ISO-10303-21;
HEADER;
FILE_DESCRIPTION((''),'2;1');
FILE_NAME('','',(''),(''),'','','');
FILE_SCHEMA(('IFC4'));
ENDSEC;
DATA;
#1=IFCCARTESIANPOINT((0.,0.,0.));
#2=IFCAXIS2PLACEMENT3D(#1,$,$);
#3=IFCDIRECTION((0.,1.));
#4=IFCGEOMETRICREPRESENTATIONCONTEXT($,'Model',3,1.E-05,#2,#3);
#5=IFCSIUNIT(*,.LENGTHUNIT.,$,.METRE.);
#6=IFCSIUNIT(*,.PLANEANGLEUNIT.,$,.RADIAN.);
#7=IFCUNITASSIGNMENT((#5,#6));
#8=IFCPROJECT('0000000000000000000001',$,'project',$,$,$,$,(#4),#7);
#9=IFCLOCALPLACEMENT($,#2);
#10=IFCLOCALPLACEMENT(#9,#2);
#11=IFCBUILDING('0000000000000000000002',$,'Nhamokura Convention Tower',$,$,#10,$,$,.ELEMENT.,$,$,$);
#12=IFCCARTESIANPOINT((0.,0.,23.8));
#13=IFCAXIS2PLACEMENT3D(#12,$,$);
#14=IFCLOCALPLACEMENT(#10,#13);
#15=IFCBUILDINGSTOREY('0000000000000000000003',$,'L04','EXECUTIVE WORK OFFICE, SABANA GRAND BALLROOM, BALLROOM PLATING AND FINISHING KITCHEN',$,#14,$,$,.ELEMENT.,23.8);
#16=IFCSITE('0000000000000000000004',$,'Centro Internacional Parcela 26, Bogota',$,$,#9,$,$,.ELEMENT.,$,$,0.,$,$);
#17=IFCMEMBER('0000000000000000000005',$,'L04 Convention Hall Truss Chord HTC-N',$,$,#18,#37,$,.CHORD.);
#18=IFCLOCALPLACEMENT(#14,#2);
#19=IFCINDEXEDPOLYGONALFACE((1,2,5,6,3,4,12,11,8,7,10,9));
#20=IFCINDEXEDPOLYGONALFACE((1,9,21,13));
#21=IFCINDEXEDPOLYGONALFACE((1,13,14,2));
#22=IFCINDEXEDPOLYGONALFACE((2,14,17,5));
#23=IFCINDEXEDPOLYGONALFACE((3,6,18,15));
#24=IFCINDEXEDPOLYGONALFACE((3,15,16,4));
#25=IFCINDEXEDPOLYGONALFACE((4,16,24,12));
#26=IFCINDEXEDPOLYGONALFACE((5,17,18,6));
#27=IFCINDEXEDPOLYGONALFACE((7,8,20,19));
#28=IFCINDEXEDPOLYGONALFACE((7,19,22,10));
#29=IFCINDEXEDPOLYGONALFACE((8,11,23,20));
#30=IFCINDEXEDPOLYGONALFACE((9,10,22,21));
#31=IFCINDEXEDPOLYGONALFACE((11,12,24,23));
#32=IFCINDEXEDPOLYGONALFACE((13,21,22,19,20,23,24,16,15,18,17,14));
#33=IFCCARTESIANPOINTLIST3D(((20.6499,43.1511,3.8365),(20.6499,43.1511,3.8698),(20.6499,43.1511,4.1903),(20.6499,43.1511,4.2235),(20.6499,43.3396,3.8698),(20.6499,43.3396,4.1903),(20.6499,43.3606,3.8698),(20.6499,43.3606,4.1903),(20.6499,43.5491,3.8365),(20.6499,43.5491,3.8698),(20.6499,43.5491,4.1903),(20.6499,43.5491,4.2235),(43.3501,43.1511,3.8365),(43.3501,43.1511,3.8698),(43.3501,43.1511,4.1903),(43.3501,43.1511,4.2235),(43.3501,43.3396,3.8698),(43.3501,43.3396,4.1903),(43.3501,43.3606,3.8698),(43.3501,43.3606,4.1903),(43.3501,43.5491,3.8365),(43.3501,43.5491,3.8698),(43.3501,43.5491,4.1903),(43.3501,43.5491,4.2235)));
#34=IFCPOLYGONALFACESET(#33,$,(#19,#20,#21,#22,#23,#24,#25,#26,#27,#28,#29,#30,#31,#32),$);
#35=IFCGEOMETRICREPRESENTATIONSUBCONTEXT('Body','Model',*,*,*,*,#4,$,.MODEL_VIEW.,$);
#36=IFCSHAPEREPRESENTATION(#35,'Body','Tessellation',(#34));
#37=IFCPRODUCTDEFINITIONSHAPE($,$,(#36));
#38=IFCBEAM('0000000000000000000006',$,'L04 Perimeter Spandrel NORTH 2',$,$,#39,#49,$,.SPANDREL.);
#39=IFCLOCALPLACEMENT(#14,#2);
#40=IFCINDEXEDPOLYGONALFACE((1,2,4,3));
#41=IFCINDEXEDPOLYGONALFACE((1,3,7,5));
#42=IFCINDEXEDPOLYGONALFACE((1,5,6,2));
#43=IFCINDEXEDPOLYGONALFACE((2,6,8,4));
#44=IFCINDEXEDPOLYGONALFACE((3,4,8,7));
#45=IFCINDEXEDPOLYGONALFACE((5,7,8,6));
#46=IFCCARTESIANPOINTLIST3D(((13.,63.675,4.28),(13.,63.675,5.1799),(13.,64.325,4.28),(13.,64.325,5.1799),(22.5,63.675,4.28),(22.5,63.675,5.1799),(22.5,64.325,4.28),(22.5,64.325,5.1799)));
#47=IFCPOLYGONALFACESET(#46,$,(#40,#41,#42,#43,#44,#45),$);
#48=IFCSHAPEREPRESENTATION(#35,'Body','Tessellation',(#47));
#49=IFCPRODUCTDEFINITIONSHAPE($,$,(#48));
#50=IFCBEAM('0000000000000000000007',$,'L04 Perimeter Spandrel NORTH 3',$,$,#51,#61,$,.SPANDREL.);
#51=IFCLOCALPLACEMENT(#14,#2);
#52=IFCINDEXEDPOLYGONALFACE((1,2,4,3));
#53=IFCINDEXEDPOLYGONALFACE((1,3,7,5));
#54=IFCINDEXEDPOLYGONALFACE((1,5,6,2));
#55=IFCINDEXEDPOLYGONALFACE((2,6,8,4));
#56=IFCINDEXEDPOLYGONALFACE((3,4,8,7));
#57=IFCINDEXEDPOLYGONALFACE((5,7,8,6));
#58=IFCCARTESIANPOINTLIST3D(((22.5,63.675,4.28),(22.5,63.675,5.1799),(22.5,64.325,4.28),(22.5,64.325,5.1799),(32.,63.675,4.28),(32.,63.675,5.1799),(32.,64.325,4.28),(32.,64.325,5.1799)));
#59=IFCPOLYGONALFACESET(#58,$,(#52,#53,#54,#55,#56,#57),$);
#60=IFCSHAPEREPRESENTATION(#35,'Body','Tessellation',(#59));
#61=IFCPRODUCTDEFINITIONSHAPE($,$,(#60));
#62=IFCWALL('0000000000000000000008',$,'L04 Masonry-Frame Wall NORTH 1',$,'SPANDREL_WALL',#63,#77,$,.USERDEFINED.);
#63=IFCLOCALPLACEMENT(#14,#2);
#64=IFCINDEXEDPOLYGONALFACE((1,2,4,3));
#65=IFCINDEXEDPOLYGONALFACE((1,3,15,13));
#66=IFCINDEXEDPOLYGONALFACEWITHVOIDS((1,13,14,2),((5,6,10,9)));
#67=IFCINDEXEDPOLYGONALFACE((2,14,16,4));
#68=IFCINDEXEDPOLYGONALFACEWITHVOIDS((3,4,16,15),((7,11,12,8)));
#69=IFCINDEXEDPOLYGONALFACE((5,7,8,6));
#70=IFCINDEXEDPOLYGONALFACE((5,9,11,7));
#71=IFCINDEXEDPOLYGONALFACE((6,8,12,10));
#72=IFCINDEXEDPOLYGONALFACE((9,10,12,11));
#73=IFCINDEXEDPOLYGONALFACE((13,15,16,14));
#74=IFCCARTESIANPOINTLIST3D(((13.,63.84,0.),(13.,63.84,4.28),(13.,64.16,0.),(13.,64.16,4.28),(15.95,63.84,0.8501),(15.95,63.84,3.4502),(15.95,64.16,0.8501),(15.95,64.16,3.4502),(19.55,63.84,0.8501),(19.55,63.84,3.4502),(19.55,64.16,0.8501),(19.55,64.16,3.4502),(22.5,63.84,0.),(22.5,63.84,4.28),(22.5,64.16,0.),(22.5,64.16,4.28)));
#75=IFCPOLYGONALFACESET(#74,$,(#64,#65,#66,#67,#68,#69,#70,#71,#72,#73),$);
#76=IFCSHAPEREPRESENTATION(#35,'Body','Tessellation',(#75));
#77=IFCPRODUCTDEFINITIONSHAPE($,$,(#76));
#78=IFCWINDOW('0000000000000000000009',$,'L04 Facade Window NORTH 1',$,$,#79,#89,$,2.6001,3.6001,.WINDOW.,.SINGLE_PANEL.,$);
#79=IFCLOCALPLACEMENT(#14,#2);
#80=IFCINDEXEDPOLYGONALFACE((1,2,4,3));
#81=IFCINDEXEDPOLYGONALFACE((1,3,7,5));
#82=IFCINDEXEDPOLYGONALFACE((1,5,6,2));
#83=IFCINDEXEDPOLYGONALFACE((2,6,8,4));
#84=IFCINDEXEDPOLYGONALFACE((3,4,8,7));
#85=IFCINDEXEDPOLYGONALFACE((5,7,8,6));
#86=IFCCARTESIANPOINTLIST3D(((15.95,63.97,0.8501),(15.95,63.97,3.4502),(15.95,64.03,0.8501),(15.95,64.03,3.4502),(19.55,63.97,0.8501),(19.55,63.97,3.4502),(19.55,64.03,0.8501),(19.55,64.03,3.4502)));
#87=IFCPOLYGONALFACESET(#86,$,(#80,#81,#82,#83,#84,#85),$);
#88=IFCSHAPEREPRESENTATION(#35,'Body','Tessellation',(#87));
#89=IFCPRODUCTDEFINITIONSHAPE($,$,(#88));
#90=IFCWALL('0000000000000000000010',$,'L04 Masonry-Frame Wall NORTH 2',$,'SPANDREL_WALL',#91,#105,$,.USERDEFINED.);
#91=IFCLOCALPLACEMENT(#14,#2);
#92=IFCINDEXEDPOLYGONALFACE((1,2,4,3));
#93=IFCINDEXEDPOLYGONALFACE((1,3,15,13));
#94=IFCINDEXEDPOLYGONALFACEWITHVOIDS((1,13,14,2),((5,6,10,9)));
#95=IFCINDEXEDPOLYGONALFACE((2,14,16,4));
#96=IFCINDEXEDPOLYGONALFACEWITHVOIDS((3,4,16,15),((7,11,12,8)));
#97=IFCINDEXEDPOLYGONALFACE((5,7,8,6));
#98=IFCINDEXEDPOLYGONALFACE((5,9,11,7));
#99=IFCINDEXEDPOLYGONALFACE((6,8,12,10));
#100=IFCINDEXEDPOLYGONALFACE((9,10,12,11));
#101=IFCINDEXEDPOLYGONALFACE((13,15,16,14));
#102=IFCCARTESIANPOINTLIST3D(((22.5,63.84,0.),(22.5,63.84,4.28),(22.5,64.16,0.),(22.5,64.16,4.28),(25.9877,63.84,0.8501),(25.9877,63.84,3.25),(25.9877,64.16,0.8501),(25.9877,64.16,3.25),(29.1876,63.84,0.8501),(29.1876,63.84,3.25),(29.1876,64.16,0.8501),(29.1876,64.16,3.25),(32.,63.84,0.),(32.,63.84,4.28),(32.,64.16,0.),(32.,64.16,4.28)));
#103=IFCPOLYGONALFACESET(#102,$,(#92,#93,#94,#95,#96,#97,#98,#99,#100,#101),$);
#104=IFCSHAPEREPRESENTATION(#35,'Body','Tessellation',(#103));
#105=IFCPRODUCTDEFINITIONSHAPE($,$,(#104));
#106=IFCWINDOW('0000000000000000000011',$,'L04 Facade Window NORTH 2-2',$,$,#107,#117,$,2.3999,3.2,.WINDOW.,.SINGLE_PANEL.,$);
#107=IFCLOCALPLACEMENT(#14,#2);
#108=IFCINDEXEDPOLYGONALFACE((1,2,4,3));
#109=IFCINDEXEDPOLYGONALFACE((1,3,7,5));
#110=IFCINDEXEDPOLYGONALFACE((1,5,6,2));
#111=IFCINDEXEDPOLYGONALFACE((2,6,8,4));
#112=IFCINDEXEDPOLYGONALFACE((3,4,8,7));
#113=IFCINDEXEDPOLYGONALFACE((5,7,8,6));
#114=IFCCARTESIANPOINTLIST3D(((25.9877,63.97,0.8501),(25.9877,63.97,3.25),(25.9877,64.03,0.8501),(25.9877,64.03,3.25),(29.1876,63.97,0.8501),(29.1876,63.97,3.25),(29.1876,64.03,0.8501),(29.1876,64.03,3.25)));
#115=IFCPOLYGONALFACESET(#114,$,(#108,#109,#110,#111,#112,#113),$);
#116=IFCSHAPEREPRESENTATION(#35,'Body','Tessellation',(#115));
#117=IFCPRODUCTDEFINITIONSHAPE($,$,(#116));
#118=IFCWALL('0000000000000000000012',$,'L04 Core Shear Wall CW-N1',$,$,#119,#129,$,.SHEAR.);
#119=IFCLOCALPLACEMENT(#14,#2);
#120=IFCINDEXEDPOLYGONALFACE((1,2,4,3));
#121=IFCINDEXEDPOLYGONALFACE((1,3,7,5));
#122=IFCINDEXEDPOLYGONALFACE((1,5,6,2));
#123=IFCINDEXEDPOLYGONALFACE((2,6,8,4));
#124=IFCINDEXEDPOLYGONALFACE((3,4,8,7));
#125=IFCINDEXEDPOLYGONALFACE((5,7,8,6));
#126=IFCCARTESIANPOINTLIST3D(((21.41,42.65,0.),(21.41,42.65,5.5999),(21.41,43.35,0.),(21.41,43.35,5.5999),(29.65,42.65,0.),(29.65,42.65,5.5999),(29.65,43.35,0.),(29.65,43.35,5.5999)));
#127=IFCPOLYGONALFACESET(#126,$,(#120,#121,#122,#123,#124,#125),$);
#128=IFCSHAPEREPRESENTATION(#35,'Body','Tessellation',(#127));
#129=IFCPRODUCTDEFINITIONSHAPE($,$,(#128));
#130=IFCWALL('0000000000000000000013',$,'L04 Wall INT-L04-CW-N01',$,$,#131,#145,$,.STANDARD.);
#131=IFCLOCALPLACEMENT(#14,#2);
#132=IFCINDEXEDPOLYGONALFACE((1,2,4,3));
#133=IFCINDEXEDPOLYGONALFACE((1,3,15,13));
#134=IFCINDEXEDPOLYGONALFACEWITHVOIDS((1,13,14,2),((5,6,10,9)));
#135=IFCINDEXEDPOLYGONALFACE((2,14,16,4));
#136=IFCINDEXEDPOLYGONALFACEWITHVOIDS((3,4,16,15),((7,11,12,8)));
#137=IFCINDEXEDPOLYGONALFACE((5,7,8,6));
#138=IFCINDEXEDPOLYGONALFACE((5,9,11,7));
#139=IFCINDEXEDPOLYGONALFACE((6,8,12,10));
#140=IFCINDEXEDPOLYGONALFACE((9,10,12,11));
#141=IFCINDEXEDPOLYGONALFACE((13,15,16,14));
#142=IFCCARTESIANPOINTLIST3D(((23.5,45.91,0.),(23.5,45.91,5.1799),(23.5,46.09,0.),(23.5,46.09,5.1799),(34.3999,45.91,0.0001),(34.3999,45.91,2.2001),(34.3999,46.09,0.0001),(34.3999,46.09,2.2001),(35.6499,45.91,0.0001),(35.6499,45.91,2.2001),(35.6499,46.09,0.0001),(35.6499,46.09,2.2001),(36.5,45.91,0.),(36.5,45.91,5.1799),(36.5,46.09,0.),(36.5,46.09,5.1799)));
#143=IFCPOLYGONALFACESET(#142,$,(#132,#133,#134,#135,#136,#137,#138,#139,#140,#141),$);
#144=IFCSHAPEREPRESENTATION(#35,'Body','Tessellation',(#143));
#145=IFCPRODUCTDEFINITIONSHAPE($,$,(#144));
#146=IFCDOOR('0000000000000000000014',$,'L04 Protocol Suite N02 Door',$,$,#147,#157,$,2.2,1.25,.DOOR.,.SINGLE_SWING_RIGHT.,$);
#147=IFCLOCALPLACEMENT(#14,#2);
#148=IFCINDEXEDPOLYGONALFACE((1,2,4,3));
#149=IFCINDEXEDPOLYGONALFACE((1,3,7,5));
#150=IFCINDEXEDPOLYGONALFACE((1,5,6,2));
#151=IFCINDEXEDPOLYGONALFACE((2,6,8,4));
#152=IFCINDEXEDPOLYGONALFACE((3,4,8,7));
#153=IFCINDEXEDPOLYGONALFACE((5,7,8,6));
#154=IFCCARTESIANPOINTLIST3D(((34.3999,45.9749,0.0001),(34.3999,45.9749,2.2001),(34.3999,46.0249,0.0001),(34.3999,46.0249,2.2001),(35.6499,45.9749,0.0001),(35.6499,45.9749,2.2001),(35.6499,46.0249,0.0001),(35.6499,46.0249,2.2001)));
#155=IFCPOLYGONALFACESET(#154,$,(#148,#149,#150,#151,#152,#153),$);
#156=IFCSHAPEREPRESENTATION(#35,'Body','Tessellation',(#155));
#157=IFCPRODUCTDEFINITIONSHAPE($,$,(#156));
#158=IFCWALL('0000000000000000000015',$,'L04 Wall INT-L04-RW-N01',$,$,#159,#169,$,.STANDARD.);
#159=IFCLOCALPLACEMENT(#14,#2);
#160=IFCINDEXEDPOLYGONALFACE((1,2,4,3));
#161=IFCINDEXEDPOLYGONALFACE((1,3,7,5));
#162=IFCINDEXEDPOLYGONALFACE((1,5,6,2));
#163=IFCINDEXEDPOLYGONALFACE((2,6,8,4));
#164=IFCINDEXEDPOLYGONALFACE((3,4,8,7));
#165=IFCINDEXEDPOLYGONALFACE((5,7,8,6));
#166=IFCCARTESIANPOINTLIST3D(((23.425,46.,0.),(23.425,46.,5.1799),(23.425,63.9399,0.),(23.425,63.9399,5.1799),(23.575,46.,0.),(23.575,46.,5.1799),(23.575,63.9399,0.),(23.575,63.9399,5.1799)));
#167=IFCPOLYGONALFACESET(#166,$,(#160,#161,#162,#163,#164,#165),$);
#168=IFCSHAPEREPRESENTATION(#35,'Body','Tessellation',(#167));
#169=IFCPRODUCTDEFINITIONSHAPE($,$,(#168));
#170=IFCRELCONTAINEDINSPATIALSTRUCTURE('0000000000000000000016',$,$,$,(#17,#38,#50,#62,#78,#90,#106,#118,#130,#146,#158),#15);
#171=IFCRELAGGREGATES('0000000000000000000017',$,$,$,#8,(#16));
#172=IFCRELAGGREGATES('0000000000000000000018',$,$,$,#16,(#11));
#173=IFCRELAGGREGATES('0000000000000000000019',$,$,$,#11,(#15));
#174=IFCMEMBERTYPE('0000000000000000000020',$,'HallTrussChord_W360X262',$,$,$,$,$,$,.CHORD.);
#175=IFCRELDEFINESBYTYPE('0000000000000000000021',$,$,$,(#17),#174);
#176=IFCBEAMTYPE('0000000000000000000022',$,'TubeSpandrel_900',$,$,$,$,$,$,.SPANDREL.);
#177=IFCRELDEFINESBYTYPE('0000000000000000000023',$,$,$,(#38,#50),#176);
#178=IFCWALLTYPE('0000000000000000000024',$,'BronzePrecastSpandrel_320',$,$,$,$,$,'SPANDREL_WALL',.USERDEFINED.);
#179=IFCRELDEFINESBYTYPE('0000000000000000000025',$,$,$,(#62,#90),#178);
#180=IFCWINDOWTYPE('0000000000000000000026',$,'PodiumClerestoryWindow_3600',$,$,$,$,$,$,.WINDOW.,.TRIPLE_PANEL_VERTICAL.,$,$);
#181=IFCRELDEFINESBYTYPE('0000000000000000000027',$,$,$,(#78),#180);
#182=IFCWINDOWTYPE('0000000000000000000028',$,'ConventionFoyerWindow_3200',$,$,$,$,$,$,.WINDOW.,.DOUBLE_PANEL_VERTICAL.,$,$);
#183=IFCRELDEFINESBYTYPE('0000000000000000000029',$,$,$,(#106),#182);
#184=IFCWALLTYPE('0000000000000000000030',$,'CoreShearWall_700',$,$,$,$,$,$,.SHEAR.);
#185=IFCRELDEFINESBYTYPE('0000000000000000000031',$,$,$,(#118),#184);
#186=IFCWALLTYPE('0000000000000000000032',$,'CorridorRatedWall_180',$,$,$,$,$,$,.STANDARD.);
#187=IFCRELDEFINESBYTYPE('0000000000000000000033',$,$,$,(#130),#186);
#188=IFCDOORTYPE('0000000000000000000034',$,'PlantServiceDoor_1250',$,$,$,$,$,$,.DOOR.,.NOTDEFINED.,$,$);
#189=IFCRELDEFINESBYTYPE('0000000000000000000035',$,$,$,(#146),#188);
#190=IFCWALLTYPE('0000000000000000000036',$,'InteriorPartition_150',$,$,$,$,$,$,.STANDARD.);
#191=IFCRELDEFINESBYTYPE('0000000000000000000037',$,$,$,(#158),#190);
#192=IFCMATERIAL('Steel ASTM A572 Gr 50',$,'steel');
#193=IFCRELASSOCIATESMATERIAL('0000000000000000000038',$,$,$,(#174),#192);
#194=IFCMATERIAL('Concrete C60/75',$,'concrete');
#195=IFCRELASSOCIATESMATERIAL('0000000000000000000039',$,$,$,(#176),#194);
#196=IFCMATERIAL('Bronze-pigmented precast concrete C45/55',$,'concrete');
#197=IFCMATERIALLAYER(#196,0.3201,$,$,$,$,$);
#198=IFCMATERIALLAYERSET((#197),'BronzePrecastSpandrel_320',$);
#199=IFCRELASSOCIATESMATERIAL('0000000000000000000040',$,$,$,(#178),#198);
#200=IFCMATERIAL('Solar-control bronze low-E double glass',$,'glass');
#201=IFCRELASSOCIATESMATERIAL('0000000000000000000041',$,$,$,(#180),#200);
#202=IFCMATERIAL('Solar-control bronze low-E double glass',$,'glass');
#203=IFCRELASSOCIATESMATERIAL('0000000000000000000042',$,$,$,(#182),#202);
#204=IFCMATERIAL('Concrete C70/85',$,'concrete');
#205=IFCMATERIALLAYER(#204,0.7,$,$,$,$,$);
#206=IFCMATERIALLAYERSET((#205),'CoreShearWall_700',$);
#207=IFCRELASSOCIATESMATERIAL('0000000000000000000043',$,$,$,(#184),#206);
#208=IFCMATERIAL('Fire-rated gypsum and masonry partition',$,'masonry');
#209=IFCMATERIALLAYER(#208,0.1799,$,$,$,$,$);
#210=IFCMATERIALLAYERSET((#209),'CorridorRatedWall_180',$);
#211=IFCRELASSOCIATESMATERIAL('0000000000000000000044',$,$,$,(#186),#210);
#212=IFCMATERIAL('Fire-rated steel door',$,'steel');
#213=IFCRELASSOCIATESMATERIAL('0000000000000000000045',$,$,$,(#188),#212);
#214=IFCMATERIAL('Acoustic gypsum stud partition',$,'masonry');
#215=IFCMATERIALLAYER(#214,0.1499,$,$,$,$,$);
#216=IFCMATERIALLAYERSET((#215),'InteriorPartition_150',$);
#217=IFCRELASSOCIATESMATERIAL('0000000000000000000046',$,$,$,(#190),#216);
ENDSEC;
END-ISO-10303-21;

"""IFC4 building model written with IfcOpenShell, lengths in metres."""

from ifc_helpers import new_model, si_unit, direction, frame, frame_2d, origin, origin_2d, place, context, subcontext, project, spatial, rectangle, i_section, extrude, material, layer, layer_set, material_profile, profile_set, type_object, element, fill, save


model = new_model("IFC4")

# Units and contexts
model_context = context("Model", 3, precision=1e-05, world=origin(), true_north=direction((0.0, 1.0)))
body_context = subcontext(model_context, "Body", "Model", "MODEL_VIEW")
ifc_project = project(units=[si_unit("LENGTHUNIT", "METRE"), si_unit("PLANEANGLEUNIT", "RADIAN")], contexts=[model_context])

# Site, building, storey
site_placement = place(None, origin())
site = spatial("IfcSite", under=ifc_project, at=site_placement, Name="Centro Internacional Parcela 26, Bogota", CompositionType="ELEMENT", RefElevation=0.0)
building_placement = place(site_placement, origin())
building = spatial("IfcBuilding", under=site, at=building_placement, Name="Nhamokura Convention Tower", CompositionType="ELEMENT")
storey_placement = place(building_placement, frame((0.0, 0.0, 23.8)))
storey = spatial("IfcBuildingStorey", under=building, at=storey_placement, Name="L04", Description="EXECUTIVE WORK OFFICE, SABANA GRAND BALLROOM, BALLROOM PLATING AND FINISHING KITCHEN", CompositionType="ELEMENT", Elevation=23.8)

# Member
ifc_material_1 = material(Name="Steel ASTM A572 Gr 50", Category="steel")
ifc_material_profile_1 = material_profile(ifc_material_1, i_section(OverallWidth=0.3979, OverallDepth=0.387, WebThickness=0.021, FlangeThickness=0.0332, at=origin_2d()))
ifc_profile_set_1 = profile_set([ifc_material_profile_1], Name="Steel ASTM A572 Gr 50")
member_type = type_object("IfcMemberType", Name="HallTrussChord_W360X262", PredefinedType="CHORD", material=ifc_profile_set_1)
member_placement = place(storey_placement, frame((20.6499, 43.3501, 4.03), z_axis=(1.0, 0.0, 0.0), x_axis=(0.0, 1.0, 0.0)))
element("IfcMember", 1, at=member_placement, inside=storey, type_object=member_type, Name="L04 Convention Hall Truss Chord HTC-N", PredefinedType="CHORD", context=body_context, shape_type="SweptSolid", body=[
    extrude(i_section(OverallWidth=0.3979, OverallDepth=0.387, WebThickness=0.021, FlangeThickness=0.0332, at=origin_2d()), origin(), (0.0, 0.0, 1.0), 22.7002),
])

# Beams
ifc_material_2 = material(Name="Concrete C60/75", Category="concrete")
ifc_material_profile_2 = material_profile(ifc_material_2, rectangle(XDim=0.6499, YDim=0.8999, at=origin_2d()))
ifc_profile_set_2 = profile_set([ifc_material_profile_2], Name="Concrete C60/75")
beam_type_1 = type_object("IfcBeamType", Name="TubeSpandrel_900", PredefinedType="SPANDREL", material=ifc_profile_set_2)
for number, where, z_axis, x_axis, name in (
    (2, (13.0, 64.0, 4.73), (1.0, 0.0, 0.0), (0.0, 1.0, 0.0), "L04 Perimeter Spandrel NORTH 2"),
    (3, (22.5, 64.0, 4.73), (1.0, 0.0, 0.0), (0.0, 1.0, 0.0), "L04 Perimeter Spandrel NORTH 3"),
):
    element("IfcBeam", number, at=place(storey_placement, frame(where, z_axis=z_axis, x_axis=x_axis)), inside=storey, type_object=beam_type_1, Name=name, PredefinedType="SPANDREL", context=body_context, shape_type="SweptSolid", body=[
        extrude(rectangle(XDim=0.6499, YDim=0.8999, at=origin_2d()), origin(), (0.0, 0.0, 1.0), 9.5),
    ])

# Walls, openings, windows
ifc_material_3 = material(Name="Bronze-pigmented precast concrete C45/55", Category="concrete")
ifc_layer_1 = layer(ifc_material_3, 0.3201)
ifc_layer_set_1 = layer_set([ifc_layer_1], Name="BronzePrecastSpandrel_320")
wall_type_1 = type_object("IfcWallType", Name="BronzePrecastSpandrel_320", ElementType="SPANDREL_WALL", PredefinedType="USERDEFINED", material=ifc_layer_set_1)
wall_1_placement = place(storey_placement, frame((13.0, 64.0, 0.0), z_axis=(0.0, 0.0, 1.0), x_axis=(1.0, 0.0, 0.0)))
wall_1 = element("IfcWall", 4, at=wall_1_placement, inside=storey, type_object=wall_type_1, Name="L04 Masonry-Frame Wall NORTH 1", ObjectType="SPANDREL_WALL", PredefinedType="USERDEFINED", context=body_context, shape_type="SweptSolid", body=[
    extrude(rectangle(XDim=9.5, YDim=0.3201, at=frame_2d((4.75, 0.0))), origin(), (0.0, 0.0, 1.0), 4.28),
])
opening_1_placement = place(wall_1_placement, frame((2.95, 0.0, 0.8501)))
opening_1 = element("IfcOpeningElement", 5, at=opening_1_placement, cuts=wall_1, PredefinedType="OPENING", context=body_context, shape_type="SweptSolid", body=[
    extrude(rectangle(XDim=3.6001, YDim=2.6001, at=frame_2d((1.8, 1.3))), frame((0.0, 0.1699, 0.0), z_axis=(0.0, -1.0, 0.0), x_axis=(1.0, 0.0, 0.0)), (0.0, 0.0, 1.0), 0.3401),
])
ifc_material_4 = material(Name="Solar-control bronze low-E double glass", Category="glass")
window_type_1 = type_object("IfcWindowType", Name="PodiumClerestoryWindow_3600", PartitioningType="TRIPLE_PANEL_VERTICAL", PredefinedType="WINDOW", material=ifc_material_4)
window_1_placement = place(opening_1_placement, origin())
window_1 = element("IfcWindow", 6, at=window_1_placement, inside=storey, type_object=window_type_1, Name="L04 Facade Window NORTH 1", OverallHeight=2.6001, OverallWidth=3.6001, PartitioningType="SINGLE_PANEL", PredefinedType="WINDOW", context=body_context, shape_type="SweptSolid", body=[
    extrude(rectangle(XDim=3.6001, YDim=2.6001, at=frame_2d((1.8, 1.3))), frame((0.0, 0.03, 0.0), z_axis=(0.0, -1.0, 0.0), x_axis=(1.0, 0.0, 0.0)), (0.0, 0.0, 1.0), 0.0601),
])
fill(opening_1, window_1)
wall_2_placement = place(storey_placement, frame((22.5, 64.0, 0.0), z_axis=(0.0, 0.0, 1.0), x_axis=(1.0, 0.0, 0.0)))
wall_2 = element("IfcWall", 7, at=wall_2_placement, inside=storey, type_object=wall_type_1, Name="L04 Masonry-Frame Wall NORTH 2", ObjectType="SPANDREL_WALL", PredefinedType="USERDEFINED", context=body_context, shape_type="SweptSolid", body=[
    extrude(rectangle(XDim=9.5, YDim=0.3201, at=frame_2d((4.75, 0.0))), origin(), (0.0, 0.0, 1.0), 4.28),
])
opening_2_placement = place(wall_2_placement, frame((3.4875, 0.0, 0.8501)))
opening_2 = element("IfcOpeningElement", 8, at=opening_2_placement, cuts=wall_2, PredefinedType="OPENING", context=body_context, shape_type="SweptSolid", body=[
    extrude(rectangle(XDim=3.2, YDim=2.3999, at=frame_2d((1.6001, 1.2))), frame((0.0, 0.1699, 0.0), z_axis=(0.0, -1.0, 0.0), x_axis=(1.0, 0.0, 0.0)), (0.0, 0.0, 1.0), 0.3401),
])
ifc_material_5 = material(Name="Solar-control bronze low-E double glass", Category="glass")
window_type_2 = type_object("IfcWindowType", Name="ConventionFoyerWindow_3200", PartitioningType="DOUBLE_PANEL_VERTICAL", PredefinedType="WINDOW", material=ifc_material_5)
window_2_placement = place(opening_2_placement, origin())
window_2 = element("IfcWindow", 9, at=window_2_placement, inside=storey, type_object=window_type_2, Name="L04 Facade Window NORTH 2-2", OverallHeight=2.3999, OverallWidth=3.2, PartitioningType="SINGLE_PANEL", PredefinedType="WINDOW", context=body_context, shape_type="SweptSolid", body=[
    extrude(rectangle(XDim=3.2, YDim=2.3999, at=frame_2d((1.6001, 1.2))), frame((0.0, 0.03, 0.0), z_axis=(0.0, -1.0, 0.0), x_axis=(1.0, 0.0, 0.0)), (0.0, 0.0, 1.0), 0.0601),
])
fill(opening_2, window_2)

# Wall
ifc_material_6 = material(Name="Concrete C70/85", Category="concrete")
ifc_layer_2 = layer(ifc_material_6, 0.7)
ifc_layer_set_2 = layer_set([ifc_layer_2], Name="CoreShearWall_700")
wall_type_2 = type_object("IfcWallType", Name="CoreShearWall_700", PredefinedType="SHEAR", material=ifc_layer_set_2)
wall_3_placement = place(storey_placement, frame((21.4099, 43.0, 0.0), z_axis=(0.0, 0.0, 1.0), x_axis=(1.0, 0.0, 0.0)))
element("IfcWall", 10, at=wall_3_placement, inside=storey, type_object=wall_type_2, Name="L04 Core Shear Wall CW-N1", PredefinedType="SHEAR", context=body_context, shape_type="SweptSolid", body=[
    extrude(rectangle(XDim=8.24, YDim=0.7, at=frame_2d((4.1201, 0.0))), origin(), (0.0, 0.0, 1.0), 5.5999),
])

# Wall, opening, door
ifc_material_7 = material(Name="Fire-rated gypsum and masonry partition", Category="masonry")
ifc_layer_3 = layer(ifc_material_7, 0.1799)
ifc_layer_set_3 = layer_set([ifc_layer_3], Name="CorridorRatedWall_180")
wall_type_3 = type_object("IfcWallType", Name="CorridorRatedWall_180", PredefinedType="STANDARD", material=ifc_layer_set_3)
wall_4_placement = place(storey_placement, frame((23.5, 46.0, 0.0), z_axis=(0.0, 0.0, 1.0), x_axis=(1.0, 0.0, 0.0)))
wall_4 = element("IfcWall", 11, at=wall_4_placement, inside=storey, type_object=wall_type_3, Name="L04 Wall INT-L04-CW-N01", PredefinedType="STANDARD", context=body_context, shape_type="SweptSolid", body=[
    extrude(rectangle(XDim=13.0, YDim=0.1799, at=frame_2d((6.5, 0.0))), origin(), (0.0, 0.0, 1.0), 5.1799),
])
opening_3_placement = place(wall_4_placement, frame((10.8999, 0.0, 0.0)))
opening_3 = element("IfcOpeningElement", 12, at=opening_3_placement, cuts=wall_4, PredefinedType="OPENING", context=body_context, shape_type="SweptSolid", body=[
    extrude(rectangle(XDim=1.25, YDim=2.2, at=frame_2d((0.625, 1.1001))), frame((0.0, 0.0999, 0.0), z_axis=(0.0, -1.0, 0.0), x_axis=(1.0, 0.0, 0.0)), (0.0, 0.0, 1.0), 0.2),
])
ifc_material_8 = material(Name="Fire-rated steel door", Category="steel")
door_type = type_object("IfcDoorType", Name="PlantServiceDoor_1250", OperationType="NOTDEFINED", PredefinedType="DOOR", material=ifc_material_8)
door_placement = place(opening_3_placement, origin())
door = element("IfcDoor", 13, at=door_placement, inside=storey, type_object=door_type, Name="L04 Protocol Suite N02 Door", OperationType="SINGLE_SWING_RIGHT", OverallHeight=2.2, OverallWidth=1.25, PredefinedType="DOOR", context=body_context, shape_type="SweptSolid", body=[
    extrude(rectangle(XDim=1.25, YDim=2.2, at=frame_2d((0.625, 1.1001))), frame((0.0, 0.0249, 0.0), z_axis=(0.0, -1.0, 0.0), x_axis=(1.0, 0.0, 0.0)), (0.0, 0.0, 1.0), 0.05),
])
fill(opening_3, door)

# Wall
ifc_material_9 = material(Name="Acoustic gypsum stud partition", Category="masonry")
ifc_layer_4 = layer(ifc_material_9, 0.1499)
ifc_layer_set_4 = layer_set([ifc_layer_4], Name="InteriorPartition_150")
wall_type_4 = type_object("IfcWallType", Name="InteriorPartition_150", PredefinedType="STANDARD", material=ifc_layer_set_4)
wall_5_placement = place(storey_placement, frame((23.5, 46.0, 0.0), z_axis=(0.0, 0.0, 1.0), x_axis=(0.0, 1.0, 0.0)))
element("IfcWall", 14, at=wall_5_placement, inside=storey, type_object=wall_type_4, Name="L04 Wall INT-L04-RW-N01", PredefinedType="STANDARD", context=body_context, shape_type="SweptSolid", body=[
    extrude(rectangle(XDim=17.9399, YDim=0.1499, at=frame_2d((8.97, 0.0))), origin(), (0.0, 0.0, 1.0), 5.1799),
])

save(model, "model.ifc")
